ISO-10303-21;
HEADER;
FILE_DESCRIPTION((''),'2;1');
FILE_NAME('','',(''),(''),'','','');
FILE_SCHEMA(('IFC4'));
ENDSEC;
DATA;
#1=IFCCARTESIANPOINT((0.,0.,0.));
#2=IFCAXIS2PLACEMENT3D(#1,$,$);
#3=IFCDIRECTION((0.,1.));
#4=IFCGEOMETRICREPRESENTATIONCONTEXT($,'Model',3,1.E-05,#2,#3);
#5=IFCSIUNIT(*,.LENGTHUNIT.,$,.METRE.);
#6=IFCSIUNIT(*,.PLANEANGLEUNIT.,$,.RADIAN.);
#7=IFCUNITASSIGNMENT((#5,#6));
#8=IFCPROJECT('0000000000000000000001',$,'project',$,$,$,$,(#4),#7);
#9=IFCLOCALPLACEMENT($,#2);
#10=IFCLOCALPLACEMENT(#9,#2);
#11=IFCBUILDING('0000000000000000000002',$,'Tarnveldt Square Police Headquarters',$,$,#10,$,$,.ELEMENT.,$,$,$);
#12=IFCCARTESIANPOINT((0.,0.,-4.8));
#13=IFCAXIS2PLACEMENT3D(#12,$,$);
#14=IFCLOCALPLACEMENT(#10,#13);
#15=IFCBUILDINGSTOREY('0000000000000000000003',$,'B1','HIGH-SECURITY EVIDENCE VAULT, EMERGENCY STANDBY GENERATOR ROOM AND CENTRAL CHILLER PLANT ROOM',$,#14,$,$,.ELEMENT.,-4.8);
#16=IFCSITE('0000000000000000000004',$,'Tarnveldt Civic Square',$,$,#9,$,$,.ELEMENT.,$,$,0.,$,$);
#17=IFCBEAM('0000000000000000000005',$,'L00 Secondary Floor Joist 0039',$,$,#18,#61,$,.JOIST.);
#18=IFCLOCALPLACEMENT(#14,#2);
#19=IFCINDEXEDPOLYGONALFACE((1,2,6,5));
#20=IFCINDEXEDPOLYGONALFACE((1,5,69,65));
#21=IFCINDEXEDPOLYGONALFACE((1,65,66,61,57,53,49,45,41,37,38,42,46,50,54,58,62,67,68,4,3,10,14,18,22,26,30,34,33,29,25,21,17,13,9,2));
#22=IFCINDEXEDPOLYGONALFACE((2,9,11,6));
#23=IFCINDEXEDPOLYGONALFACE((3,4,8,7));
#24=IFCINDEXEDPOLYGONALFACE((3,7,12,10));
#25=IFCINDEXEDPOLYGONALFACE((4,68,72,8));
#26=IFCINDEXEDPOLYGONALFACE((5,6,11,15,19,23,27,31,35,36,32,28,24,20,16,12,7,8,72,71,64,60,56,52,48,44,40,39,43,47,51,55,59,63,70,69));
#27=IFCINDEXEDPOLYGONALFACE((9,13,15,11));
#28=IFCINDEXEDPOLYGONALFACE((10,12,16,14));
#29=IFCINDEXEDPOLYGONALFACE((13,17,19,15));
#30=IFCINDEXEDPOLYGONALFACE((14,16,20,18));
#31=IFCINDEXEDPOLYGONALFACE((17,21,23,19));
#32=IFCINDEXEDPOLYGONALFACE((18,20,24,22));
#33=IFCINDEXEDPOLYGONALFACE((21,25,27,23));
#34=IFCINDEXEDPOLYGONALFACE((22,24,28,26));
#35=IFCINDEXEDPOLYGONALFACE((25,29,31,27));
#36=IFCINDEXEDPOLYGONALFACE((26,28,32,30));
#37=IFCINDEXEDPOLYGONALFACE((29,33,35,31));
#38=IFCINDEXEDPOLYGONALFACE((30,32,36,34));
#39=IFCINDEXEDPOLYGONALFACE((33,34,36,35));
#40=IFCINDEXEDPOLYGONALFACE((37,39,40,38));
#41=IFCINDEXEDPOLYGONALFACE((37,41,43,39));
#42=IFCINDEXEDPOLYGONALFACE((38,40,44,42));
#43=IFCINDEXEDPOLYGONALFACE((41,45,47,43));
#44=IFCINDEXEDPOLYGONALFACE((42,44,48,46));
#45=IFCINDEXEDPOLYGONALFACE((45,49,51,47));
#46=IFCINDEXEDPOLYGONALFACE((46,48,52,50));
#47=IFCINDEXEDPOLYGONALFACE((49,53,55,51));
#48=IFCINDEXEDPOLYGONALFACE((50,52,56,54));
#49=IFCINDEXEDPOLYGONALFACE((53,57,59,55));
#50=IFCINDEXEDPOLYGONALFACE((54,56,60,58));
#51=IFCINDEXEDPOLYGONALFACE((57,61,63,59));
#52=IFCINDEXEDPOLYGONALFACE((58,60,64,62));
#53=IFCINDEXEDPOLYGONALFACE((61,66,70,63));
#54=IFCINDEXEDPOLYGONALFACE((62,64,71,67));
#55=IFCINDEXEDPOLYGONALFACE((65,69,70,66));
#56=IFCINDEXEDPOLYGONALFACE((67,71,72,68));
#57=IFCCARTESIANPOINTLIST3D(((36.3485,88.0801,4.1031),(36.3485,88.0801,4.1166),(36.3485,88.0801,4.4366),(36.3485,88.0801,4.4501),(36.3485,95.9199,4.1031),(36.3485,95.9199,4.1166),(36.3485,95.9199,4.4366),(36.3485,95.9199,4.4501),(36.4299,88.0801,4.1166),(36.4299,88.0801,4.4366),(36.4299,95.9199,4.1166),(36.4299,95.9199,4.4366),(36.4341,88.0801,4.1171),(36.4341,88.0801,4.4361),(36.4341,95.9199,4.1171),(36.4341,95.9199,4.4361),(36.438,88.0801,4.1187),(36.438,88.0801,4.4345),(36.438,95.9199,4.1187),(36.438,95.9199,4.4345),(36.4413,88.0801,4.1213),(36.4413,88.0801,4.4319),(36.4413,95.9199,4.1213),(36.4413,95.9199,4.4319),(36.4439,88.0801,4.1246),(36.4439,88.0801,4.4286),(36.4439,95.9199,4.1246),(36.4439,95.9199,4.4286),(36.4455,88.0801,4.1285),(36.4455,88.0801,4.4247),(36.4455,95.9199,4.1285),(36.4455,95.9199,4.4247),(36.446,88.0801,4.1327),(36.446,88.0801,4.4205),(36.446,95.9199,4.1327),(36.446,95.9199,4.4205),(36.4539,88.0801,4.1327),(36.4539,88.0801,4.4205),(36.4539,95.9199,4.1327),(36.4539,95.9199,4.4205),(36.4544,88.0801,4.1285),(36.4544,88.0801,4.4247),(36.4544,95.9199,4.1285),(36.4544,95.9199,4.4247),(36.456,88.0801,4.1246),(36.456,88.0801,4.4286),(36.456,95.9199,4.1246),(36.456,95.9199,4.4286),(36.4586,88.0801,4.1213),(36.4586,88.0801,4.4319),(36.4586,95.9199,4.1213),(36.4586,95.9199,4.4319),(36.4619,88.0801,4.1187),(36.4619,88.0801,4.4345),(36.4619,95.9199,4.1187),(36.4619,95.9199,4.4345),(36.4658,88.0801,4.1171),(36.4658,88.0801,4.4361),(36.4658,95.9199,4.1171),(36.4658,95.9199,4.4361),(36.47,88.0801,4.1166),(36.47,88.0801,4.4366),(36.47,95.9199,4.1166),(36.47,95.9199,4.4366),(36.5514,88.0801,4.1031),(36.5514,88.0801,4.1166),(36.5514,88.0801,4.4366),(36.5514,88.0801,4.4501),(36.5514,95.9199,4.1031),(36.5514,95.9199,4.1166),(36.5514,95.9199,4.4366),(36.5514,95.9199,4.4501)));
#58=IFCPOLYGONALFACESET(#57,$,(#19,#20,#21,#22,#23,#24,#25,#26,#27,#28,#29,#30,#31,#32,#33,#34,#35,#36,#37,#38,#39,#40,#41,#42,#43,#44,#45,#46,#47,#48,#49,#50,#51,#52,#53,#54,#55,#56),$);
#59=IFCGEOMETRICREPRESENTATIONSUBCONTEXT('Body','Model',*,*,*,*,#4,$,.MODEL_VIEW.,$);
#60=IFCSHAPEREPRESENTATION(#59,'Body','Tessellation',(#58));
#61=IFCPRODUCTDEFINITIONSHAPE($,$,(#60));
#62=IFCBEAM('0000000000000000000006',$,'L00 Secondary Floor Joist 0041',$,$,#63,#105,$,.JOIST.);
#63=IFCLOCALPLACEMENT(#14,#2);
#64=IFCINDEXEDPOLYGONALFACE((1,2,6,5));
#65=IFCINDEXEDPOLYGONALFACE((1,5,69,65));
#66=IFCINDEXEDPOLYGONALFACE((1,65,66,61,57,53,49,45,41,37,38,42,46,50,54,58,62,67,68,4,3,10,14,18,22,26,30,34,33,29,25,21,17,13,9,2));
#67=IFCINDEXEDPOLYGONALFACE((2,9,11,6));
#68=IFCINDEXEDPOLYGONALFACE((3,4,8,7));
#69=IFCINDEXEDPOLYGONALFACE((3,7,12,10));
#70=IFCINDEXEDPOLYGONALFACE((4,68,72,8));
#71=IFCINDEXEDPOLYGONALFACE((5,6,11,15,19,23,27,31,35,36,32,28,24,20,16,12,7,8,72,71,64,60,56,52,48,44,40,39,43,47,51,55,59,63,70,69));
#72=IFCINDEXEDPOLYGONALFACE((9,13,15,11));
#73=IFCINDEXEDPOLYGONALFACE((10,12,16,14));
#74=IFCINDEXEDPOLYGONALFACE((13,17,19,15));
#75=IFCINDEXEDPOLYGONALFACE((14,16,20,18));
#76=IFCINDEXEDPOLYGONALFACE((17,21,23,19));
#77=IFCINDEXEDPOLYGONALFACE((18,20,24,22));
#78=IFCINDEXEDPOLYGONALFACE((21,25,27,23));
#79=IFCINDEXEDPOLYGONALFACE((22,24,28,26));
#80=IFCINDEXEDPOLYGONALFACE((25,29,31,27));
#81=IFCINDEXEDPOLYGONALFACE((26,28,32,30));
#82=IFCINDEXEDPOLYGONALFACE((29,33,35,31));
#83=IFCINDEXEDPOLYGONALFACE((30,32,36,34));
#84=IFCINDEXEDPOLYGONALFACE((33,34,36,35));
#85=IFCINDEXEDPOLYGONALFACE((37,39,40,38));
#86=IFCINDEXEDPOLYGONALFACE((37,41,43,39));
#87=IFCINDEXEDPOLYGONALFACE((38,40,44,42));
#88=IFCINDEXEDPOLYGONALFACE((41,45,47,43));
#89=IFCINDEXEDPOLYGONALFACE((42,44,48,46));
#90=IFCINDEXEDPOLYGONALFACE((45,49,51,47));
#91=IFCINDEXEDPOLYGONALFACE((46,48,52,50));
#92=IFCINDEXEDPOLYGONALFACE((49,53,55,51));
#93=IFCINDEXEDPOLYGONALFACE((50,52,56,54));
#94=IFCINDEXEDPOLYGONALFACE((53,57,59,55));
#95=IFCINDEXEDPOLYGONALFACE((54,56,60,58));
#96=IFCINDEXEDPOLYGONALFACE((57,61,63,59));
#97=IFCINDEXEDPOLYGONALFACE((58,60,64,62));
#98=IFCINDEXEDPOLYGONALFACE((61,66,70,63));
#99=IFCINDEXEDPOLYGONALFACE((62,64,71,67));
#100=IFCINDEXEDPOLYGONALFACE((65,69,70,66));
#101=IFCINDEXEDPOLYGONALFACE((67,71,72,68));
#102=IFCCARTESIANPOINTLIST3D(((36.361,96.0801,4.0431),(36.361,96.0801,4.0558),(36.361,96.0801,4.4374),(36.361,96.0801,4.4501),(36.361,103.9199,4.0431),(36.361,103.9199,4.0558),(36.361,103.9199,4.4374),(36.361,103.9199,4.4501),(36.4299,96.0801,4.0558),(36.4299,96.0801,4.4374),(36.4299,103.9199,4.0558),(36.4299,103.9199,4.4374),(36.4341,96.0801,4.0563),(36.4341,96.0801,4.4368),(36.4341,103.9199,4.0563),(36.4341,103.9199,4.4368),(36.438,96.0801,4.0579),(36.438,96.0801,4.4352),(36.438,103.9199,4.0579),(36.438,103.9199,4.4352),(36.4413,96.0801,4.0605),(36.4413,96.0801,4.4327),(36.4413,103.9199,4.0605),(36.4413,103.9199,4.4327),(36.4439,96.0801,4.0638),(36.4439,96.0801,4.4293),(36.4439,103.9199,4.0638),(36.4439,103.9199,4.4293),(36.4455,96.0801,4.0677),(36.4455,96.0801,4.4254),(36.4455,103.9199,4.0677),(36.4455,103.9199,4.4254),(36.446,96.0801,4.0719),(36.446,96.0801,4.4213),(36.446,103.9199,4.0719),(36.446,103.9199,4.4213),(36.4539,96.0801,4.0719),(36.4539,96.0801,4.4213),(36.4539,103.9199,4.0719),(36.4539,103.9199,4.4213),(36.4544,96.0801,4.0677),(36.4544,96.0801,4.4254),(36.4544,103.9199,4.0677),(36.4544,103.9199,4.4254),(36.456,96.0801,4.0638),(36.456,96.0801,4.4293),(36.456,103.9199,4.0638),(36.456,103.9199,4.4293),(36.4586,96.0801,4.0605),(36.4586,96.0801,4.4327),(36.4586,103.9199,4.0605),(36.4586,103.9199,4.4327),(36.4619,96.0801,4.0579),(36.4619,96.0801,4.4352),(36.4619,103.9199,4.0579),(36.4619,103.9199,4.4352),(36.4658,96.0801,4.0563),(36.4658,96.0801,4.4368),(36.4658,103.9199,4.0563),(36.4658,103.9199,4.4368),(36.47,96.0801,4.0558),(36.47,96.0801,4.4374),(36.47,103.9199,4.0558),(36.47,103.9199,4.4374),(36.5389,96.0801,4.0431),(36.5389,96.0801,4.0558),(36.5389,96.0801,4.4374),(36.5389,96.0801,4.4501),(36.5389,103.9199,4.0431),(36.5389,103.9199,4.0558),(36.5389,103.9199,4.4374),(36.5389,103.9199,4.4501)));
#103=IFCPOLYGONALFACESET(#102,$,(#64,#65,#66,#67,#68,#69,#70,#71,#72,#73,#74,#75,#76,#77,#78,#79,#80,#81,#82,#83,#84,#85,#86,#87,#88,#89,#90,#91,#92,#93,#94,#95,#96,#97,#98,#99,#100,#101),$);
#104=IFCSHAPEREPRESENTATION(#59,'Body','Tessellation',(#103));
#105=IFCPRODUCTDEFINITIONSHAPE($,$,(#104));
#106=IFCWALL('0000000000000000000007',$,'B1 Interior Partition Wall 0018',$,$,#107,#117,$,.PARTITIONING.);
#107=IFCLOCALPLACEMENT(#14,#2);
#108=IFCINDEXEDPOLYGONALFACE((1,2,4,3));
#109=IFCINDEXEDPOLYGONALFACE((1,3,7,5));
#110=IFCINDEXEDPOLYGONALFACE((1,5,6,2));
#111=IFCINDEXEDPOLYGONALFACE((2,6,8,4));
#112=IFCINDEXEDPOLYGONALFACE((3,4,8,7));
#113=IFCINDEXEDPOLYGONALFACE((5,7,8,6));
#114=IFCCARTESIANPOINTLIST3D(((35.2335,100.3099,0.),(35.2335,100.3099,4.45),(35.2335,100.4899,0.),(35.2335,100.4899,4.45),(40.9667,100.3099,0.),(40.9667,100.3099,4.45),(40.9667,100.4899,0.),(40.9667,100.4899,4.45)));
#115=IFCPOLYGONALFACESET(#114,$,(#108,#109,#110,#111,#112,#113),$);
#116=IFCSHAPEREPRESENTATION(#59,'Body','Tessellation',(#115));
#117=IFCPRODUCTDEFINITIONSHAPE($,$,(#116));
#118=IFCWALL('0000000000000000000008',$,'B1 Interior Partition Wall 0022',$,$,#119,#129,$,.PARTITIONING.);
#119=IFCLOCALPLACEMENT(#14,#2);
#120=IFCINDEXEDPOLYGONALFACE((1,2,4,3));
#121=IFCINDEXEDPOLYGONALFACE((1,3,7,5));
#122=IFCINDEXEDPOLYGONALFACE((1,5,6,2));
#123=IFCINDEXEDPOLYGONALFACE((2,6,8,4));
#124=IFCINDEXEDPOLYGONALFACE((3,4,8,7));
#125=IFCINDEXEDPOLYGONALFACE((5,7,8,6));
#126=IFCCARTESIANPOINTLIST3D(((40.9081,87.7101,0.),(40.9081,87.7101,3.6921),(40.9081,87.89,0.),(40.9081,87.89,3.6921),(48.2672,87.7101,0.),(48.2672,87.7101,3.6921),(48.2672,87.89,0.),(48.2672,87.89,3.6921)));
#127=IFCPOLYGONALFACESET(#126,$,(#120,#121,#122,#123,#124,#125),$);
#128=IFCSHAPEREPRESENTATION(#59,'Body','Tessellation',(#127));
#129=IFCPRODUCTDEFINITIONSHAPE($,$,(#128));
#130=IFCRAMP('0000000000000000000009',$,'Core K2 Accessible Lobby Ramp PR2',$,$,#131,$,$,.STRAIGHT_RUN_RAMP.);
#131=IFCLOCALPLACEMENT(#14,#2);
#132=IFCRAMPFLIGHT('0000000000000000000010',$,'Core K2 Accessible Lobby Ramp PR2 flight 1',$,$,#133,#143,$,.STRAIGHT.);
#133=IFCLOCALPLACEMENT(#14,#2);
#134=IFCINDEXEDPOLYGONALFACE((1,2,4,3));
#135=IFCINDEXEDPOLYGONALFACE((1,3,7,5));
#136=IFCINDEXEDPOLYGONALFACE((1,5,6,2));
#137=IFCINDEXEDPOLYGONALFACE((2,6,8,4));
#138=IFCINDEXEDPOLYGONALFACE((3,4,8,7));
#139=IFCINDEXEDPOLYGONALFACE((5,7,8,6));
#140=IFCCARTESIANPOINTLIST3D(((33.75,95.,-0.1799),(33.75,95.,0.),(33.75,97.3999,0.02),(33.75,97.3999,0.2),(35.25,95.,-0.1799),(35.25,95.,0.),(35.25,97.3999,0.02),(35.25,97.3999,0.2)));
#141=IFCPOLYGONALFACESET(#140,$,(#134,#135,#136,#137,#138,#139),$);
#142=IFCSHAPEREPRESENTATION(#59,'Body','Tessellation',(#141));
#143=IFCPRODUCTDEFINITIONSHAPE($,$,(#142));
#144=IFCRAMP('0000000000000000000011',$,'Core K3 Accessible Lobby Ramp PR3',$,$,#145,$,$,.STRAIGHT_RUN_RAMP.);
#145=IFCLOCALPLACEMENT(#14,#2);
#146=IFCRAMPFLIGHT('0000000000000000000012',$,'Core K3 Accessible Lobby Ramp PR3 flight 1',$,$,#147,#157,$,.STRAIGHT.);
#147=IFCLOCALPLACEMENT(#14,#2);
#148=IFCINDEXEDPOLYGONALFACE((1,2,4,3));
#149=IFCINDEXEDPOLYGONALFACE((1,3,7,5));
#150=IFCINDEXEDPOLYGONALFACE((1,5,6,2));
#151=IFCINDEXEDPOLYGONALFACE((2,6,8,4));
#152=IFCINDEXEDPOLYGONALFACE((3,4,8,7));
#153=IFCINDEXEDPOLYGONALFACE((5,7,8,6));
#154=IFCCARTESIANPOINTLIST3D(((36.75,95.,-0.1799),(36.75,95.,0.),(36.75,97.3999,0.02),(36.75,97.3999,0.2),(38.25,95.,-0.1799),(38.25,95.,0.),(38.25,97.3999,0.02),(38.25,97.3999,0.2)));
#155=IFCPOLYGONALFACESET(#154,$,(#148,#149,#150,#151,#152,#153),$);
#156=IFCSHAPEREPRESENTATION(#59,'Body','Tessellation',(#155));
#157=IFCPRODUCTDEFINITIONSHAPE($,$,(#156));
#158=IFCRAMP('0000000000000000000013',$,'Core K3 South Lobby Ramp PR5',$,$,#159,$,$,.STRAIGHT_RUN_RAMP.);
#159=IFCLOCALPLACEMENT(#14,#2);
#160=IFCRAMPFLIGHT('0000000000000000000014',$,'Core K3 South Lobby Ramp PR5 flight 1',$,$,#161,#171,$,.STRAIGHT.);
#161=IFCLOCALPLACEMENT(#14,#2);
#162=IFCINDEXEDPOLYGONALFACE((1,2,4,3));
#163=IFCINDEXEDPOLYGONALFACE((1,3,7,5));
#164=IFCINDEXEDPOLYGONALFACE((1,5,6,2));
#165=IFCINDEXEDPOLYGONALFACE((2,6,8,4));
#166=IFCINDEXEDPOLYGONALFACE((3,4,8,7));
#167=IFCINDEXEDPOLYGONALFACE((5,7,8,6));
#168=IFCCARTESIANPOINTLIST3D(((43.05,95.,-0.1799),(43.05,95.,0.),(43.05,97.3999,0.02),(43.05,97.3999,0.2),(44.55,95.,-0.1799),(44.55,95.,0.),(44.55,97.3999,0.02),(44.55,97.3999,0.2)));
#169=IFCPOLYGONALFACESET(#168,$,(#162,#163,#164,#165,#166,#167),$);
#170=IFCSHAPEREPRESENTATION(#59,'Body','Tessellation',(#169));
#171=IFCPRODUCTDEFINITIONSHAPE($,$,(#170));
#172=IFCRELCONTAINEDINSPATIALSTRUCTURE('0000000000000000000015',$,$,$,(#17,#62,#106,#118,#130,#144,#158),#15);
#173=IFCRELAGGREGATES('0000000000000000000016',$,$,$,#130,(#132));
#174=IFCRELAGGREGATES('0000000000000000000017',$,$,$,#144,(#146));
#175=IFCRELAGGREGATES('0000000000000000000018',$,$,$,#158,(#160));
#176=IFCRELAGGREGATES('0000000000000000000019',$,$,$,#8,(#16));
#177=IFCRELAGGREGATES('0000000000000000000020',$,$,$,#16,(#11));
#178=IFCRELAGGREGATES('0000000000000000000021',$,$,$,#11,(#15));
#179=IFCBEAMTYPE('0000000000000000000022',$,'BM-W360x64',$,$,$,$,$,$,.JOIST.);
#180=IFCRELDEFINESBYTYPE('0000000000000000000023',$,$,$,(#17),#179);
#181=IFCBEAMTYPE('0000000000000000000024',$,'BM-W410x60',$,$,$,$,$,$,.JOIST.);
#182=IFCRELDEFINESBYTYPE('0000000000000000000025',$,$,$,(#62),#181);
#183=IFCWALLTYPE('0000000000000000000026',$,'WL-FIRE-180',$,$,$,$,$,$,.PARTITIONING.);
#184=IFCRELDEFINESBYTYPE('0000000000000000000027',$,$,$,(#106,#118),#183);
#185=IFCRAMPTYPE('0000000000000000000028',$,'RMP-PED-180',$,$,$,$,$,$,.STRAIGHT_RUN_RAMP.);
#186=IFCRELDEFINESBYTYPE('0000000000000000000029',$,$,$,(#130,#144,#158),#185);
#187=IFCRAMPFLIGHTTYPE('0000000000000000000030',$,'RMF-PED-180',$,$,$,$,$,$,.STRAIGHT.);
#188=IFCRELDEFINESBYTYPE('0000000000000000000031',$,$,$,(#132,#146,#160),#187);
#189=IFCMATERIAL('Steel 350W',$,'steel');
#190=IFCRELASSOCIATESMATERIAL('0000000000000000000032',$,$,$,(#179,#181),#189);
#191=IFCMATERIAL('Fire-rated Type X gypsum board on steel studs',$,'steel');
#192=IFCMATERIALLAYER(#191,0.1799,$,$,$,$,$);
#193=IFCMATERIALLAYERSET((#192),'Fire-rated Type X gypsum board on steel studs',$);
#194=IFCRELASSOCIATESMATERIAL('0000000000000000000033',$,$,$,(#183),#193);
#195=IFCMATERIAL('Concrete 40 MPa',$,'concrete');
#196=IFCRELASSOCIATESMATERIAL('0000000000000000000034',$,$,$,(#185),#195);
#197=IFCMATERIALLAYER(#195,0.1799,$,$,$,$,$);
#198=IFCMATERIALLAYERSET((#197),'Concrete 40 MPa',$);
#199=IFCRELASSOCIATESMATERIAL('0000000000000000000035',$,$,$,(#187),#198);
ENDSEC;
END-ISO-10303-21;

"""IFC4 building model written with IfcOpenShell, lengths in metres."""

from ifc_helpers import new_model, si_unit, direction, frame, frame_2d, origin, origin_2d, place, context, subcontext, project, spatial, polyline, rectangle, i_section, outline, extrude, material, layer, layer_set, material_profile, profile_set, type_object, element, aggregate, save


model = new_model("IFC4")

# Units and contexts
model_context = context("Model", 3, precision=1e-05, world=origin(), true_north=direction((0.0, 1.0)))
body_context = subcontext(model_context, "Body", "Model", "MODEL_VIEW")
ifc_project = project(units=[si_unit("LENGTHUNIT", "METRE"), si_unit("PLANEANGLEUNIT", "RADIAN")], contexts=[model_context])

# Site, building, storey
site_placement = place(None, origin())
site = spatial("IfcSite", under=ifc_project, at=site_placement, Name="Tarnveldt Civic Square", CompositionType="ELEMENT", RefElevation=0.0)
building_placement = place(site_placement, origin())
building = spatial("IfcBuilding", under=site, at=building_placement, Name="Tarnveldt Square Police Headquarters", CompositionType="ELEMENT")
storey_placement = place(building_placement, frame((0.0, 0.0, -4.8)))
storey = spatial("IfcBuildingStorey", under=building, at=storey_placement, Name="B1", Description="HIGH-SECURITY EVIDENCE VAULT, EMERGENCY STANDBY GENERATOR ROOM AND CENTRAL CHILLER PLANT ROOM", CompositionType="ELEMENT", Elevation=-4.8)

# Beams
ifc_material_1 = material(Name="Concrete 40 MPa", Category="concrete")
ifc_material_2 = material(Name="Steel 350W", Category="steel")
ifc_material_profile_1 = material_profile(ifc_material_2, i_section(OverallWidth=0.2029, OverallDepth=0.3469, WebThickness=0.0078, FlangeThickness=0.0134, FilletRadius=0.0161, at=origin_2d()), Name="W360x64")
ifc_profile_set_1 = profile_set([ifc_material_profile_1], Name="Steel 350W")
beam_type_1 = type_object("IfcBeamType", Name="BM-W360x64", PredefinedType="JOIST", material=ifc_profile_set_1)
beam_1_placement = place(storey_placement, frame((36.45, 88.0801, 4.2766), z_axis=(0.0, 1.0, 0.0), x_axis=(-1.0, 0.0, 0.0)))
element("IfcBeam", 1, at=beam_1_placement, inside=storey, type_object=beam_type_1, Name="L00 Secondary Floor Joist 0039", PredefinedType="JOIST", context=body_context, shape_type="SweptSolid", body=[
    extrude(i_section(OverallWidth=0.2029, OverallDepth=0.3469, WebThickness=0.0078, FlangeThickness=0.0134, FilletRadius=0.0161, at=origin_2d()), origin(), (0.0, 0.0, 1.0), 7.8398),
])
ifc_material_profile_2 = material_profile(ifc_material_2, i_section(OverallWidth=0.178, OverallDepth=0.407, WebThickness=0.0078, FlangeThickness=0.0127, FilletRadius=0.0161, at=origin_2d()), Name="W410x60")
ifc_profile_set_2 = profile_set([ifc_material_profile_2], Name="Steel 350W")
beam_type_2 = type_object("IfcBeamType", Name="BM-W410x60", PredefinedType="JOIST", material=ifc_profile_set_2)
beam_2_placement = place(storey_placement, frame((36.45, 96.0801, 4.2466), z_axis=(0.0, 1.0, 0.0), x_axis=(-1.0, 0.0, 0.0)))
element("IfcBeam", 2, at=beam_2_placement, inside=storey, type_object=beam_type_2, Name="L00 Secondary Floor Joist 0041", PredefinedType="JOIST", context=body_context, shape_type="SweptSolid", body=[
    extrude(i_section(OverallWidth=0.178, OverallDepth=0.407, WebThickness=0.0078, FlangeThickness=0.0127, FilletRadius=0.0161, at=origin_2d()), origin(), (0.0, 0.0, 1.0), 7.8398),
])

# Walls
ifc_material_3 = material(Name="Fire-rated Type X gypsum board on steel studs", Category="steel")
ifc_layer_1 = layer(ifc_material_3, 0.1799)
ifc_layer_set_1 = layer_set([ifc_layer_1], Name="Fire-rated Type X gypsum board on steel studs")
wall_type = type_object("IfcWallType", Name="WL-FIRE-180", PredefinedType="PARTITIONING", material=ifc_layer_set_1)
wall_1_placement = place(storey_placement, frame((35.2334, 100.3999, 0.0), z_axis=(0.0, 0.0, 1.0), x_axis=(1.0, 0.0, 0.0)))
element("IfcWall", 3, at=wall_1_placement, inside=storey, type_object=wall_type, Name="B1 Interior Partition Wall 0018", PredefinedType="PARTITIONING", context=body_context, shape_type="SweptSolid", body=[
    extrude(rectangle(XDim=5.7332, YDim=0.1799, at=frame_2d((2.8667, 0.0))), origin(), (0.0, 0.0, 1.0), 4.45),
])
wall_2_placement = place(storey_placement, frame((40.908, 87.8, 0.0), z_axis=(0.0, 0.0, 1.0), x_axis=(1.0, 0.0, 0.0)))
element("IfcWall", 4, at=wall_2_placement, inside=storey, type_object=wall_type, Name="B1 Interior Partition Wall 0022", PredefinedType="PARTITIONING", context=body_context, shape_type="SweptSolid", body=[
    extrude(rectangle(XDim=7.3591, YDim=0.1799, at=frame_2d((3.6797, 0.0))), origin(), (0.0, 0.0, 1.0), 3.6921),
])

# Ramps, ramp flights
ramp_type = type_object("IfcRampType", Name="RMP-PED-180", PredefinedType="STRAIGHT_RUN_RAMP", material=ifc_material_1)
ramp_1_placement = place(storey_placement, origin())
ramp_1 = element("IfcRamp", 5, at=ramp_1_placement, inside=storey, type_object=ramp_type, Name="Core K2 Accessible Lobby Ramp PR2", PredefinedType="STRAIGHT_RUN_RAMP")
ifc_layer_2 = layer(ifc_material_1, 0.1799)
ifc_layer_set_2 = layer_set([ifc_layer_2], Name="Concrete 40 MPa")
ramp_flight_type = type_object("IfcRampFlightType", Name="RMF-PED-180", PredefinedType="STRAIGHT", material=ifc_layer_set_2)
ramp_flight_1_placement = place(storey_placement, frame((34.5, 95.0, 0.0), z_axis=(0.0, 0.0, 1.0), x_axis=(0.0, 1.0, 0.0)))
ramp_flight_1 = element("IfcRampFlight", 6, at=ramp_flight_1_placement, type_object=ramp_flight_type, Name="Core K2 Accessible Lobby Ramp PR2 flight 1", PredefinedType="STRAIGHT", context=body_context, shape_type="SweptSolid", body=[
    extrude(outline(polyline([(0.0, -0.1799), (0.0, 0.0), (2.3999, 0.2), (2.3999, 0.02), (0.0, -0.1799)])), frame((0.0, 0.75, 0.0), z_axis=(0.0, -1.0, 0.0), x_axis=(1.0, 0.0, 0.0)), (0.0, 0.0, 1.0), 1.5),
])
aggregate(ramp_1, [ramp_flight_1])
ramp_2_placement = place(storey_placement, origin())
ramp_2 = element("IfcRamp", 7, at=ramp_2_placement, inside=storey, type_object=ramp_type, Name="Core K3 Accessible Lobby Ramp PR3", PredefinedType="STRAIGHT_RUN_RAMP")
ramp_flight_2_placement = place(storey_placement, frame((37.5, 95.0, 0.0), z_axis=(0.0, 0.0, 1.0), x_axis=(0.0, 1.0, 0.0)))
ramp_flight_2 = element("IfcRampFlight", 8, at=ramp_flight_2_placement, type_object=ramp_flight_type, Name="Core K3 Accessible Lobby Ramp PR3 flight 1", PredefinedType="STRAIGHT", context=body_context, shape_type="SweptSolid", body=[
    extrude(outline(polyline([(0.0, -0.1799), (0.0, 0.0), (2.3999, 0.2), (2.3999, 0.02), (0.0, -0.1799)])), frame((0.0, 0.75, 0.0), z_axis=(0.0, -1.0, 0.0), x_axis=(1.0, 0.0, 0.0)), (0.0, 0.0, 1.0), 1.5),
])
aggregate(ramp_2, [ramp_flight_2])
ramp_3_placement = place(storey_placement, origin())
ramp_3 = element("IfcRamp", 9, at=ramp_3_placement, inside=storey, type_object=ramp_type, Name="Core K3 South Lobby Ramp PR5", PredefinedType="STRAIGHT_RUN_RAMP")
ramp_flight_3_placement = place(storey_placement, frame((43.8, 95.0, 0.0), z_axis=(0.0, 0.0, 1.0), x_axis=(0.0, 1.0, 0.0)))
ramp_flight_3 = element("IfcRampFlight", 10, at=ramp_flight_3_placement, type_object=ramp_flight_type, Name="Core K3 South Lobby Ramp PR5 flight 1", PredefinedType="STRAIGHT", context=body_context, shape_type="SweptSolid", body=[
    extrude(outline(polyline([(0.0, -0.1799), (0.0, 0.0), (2.3999, 0.2), (2.3999, 0.02), (0.0, -0.1799)])), frame((0.0, 0.75, 0.0), z_axis=(0.0, -1.0, 0.0), x_axis=(1.0, 0.0, 0.0)), (0.0, 0.0, 1.0), 1.5),
])
aggregate(ramp_3, [ramp_flight_3])

save(model, "model.ifc")
